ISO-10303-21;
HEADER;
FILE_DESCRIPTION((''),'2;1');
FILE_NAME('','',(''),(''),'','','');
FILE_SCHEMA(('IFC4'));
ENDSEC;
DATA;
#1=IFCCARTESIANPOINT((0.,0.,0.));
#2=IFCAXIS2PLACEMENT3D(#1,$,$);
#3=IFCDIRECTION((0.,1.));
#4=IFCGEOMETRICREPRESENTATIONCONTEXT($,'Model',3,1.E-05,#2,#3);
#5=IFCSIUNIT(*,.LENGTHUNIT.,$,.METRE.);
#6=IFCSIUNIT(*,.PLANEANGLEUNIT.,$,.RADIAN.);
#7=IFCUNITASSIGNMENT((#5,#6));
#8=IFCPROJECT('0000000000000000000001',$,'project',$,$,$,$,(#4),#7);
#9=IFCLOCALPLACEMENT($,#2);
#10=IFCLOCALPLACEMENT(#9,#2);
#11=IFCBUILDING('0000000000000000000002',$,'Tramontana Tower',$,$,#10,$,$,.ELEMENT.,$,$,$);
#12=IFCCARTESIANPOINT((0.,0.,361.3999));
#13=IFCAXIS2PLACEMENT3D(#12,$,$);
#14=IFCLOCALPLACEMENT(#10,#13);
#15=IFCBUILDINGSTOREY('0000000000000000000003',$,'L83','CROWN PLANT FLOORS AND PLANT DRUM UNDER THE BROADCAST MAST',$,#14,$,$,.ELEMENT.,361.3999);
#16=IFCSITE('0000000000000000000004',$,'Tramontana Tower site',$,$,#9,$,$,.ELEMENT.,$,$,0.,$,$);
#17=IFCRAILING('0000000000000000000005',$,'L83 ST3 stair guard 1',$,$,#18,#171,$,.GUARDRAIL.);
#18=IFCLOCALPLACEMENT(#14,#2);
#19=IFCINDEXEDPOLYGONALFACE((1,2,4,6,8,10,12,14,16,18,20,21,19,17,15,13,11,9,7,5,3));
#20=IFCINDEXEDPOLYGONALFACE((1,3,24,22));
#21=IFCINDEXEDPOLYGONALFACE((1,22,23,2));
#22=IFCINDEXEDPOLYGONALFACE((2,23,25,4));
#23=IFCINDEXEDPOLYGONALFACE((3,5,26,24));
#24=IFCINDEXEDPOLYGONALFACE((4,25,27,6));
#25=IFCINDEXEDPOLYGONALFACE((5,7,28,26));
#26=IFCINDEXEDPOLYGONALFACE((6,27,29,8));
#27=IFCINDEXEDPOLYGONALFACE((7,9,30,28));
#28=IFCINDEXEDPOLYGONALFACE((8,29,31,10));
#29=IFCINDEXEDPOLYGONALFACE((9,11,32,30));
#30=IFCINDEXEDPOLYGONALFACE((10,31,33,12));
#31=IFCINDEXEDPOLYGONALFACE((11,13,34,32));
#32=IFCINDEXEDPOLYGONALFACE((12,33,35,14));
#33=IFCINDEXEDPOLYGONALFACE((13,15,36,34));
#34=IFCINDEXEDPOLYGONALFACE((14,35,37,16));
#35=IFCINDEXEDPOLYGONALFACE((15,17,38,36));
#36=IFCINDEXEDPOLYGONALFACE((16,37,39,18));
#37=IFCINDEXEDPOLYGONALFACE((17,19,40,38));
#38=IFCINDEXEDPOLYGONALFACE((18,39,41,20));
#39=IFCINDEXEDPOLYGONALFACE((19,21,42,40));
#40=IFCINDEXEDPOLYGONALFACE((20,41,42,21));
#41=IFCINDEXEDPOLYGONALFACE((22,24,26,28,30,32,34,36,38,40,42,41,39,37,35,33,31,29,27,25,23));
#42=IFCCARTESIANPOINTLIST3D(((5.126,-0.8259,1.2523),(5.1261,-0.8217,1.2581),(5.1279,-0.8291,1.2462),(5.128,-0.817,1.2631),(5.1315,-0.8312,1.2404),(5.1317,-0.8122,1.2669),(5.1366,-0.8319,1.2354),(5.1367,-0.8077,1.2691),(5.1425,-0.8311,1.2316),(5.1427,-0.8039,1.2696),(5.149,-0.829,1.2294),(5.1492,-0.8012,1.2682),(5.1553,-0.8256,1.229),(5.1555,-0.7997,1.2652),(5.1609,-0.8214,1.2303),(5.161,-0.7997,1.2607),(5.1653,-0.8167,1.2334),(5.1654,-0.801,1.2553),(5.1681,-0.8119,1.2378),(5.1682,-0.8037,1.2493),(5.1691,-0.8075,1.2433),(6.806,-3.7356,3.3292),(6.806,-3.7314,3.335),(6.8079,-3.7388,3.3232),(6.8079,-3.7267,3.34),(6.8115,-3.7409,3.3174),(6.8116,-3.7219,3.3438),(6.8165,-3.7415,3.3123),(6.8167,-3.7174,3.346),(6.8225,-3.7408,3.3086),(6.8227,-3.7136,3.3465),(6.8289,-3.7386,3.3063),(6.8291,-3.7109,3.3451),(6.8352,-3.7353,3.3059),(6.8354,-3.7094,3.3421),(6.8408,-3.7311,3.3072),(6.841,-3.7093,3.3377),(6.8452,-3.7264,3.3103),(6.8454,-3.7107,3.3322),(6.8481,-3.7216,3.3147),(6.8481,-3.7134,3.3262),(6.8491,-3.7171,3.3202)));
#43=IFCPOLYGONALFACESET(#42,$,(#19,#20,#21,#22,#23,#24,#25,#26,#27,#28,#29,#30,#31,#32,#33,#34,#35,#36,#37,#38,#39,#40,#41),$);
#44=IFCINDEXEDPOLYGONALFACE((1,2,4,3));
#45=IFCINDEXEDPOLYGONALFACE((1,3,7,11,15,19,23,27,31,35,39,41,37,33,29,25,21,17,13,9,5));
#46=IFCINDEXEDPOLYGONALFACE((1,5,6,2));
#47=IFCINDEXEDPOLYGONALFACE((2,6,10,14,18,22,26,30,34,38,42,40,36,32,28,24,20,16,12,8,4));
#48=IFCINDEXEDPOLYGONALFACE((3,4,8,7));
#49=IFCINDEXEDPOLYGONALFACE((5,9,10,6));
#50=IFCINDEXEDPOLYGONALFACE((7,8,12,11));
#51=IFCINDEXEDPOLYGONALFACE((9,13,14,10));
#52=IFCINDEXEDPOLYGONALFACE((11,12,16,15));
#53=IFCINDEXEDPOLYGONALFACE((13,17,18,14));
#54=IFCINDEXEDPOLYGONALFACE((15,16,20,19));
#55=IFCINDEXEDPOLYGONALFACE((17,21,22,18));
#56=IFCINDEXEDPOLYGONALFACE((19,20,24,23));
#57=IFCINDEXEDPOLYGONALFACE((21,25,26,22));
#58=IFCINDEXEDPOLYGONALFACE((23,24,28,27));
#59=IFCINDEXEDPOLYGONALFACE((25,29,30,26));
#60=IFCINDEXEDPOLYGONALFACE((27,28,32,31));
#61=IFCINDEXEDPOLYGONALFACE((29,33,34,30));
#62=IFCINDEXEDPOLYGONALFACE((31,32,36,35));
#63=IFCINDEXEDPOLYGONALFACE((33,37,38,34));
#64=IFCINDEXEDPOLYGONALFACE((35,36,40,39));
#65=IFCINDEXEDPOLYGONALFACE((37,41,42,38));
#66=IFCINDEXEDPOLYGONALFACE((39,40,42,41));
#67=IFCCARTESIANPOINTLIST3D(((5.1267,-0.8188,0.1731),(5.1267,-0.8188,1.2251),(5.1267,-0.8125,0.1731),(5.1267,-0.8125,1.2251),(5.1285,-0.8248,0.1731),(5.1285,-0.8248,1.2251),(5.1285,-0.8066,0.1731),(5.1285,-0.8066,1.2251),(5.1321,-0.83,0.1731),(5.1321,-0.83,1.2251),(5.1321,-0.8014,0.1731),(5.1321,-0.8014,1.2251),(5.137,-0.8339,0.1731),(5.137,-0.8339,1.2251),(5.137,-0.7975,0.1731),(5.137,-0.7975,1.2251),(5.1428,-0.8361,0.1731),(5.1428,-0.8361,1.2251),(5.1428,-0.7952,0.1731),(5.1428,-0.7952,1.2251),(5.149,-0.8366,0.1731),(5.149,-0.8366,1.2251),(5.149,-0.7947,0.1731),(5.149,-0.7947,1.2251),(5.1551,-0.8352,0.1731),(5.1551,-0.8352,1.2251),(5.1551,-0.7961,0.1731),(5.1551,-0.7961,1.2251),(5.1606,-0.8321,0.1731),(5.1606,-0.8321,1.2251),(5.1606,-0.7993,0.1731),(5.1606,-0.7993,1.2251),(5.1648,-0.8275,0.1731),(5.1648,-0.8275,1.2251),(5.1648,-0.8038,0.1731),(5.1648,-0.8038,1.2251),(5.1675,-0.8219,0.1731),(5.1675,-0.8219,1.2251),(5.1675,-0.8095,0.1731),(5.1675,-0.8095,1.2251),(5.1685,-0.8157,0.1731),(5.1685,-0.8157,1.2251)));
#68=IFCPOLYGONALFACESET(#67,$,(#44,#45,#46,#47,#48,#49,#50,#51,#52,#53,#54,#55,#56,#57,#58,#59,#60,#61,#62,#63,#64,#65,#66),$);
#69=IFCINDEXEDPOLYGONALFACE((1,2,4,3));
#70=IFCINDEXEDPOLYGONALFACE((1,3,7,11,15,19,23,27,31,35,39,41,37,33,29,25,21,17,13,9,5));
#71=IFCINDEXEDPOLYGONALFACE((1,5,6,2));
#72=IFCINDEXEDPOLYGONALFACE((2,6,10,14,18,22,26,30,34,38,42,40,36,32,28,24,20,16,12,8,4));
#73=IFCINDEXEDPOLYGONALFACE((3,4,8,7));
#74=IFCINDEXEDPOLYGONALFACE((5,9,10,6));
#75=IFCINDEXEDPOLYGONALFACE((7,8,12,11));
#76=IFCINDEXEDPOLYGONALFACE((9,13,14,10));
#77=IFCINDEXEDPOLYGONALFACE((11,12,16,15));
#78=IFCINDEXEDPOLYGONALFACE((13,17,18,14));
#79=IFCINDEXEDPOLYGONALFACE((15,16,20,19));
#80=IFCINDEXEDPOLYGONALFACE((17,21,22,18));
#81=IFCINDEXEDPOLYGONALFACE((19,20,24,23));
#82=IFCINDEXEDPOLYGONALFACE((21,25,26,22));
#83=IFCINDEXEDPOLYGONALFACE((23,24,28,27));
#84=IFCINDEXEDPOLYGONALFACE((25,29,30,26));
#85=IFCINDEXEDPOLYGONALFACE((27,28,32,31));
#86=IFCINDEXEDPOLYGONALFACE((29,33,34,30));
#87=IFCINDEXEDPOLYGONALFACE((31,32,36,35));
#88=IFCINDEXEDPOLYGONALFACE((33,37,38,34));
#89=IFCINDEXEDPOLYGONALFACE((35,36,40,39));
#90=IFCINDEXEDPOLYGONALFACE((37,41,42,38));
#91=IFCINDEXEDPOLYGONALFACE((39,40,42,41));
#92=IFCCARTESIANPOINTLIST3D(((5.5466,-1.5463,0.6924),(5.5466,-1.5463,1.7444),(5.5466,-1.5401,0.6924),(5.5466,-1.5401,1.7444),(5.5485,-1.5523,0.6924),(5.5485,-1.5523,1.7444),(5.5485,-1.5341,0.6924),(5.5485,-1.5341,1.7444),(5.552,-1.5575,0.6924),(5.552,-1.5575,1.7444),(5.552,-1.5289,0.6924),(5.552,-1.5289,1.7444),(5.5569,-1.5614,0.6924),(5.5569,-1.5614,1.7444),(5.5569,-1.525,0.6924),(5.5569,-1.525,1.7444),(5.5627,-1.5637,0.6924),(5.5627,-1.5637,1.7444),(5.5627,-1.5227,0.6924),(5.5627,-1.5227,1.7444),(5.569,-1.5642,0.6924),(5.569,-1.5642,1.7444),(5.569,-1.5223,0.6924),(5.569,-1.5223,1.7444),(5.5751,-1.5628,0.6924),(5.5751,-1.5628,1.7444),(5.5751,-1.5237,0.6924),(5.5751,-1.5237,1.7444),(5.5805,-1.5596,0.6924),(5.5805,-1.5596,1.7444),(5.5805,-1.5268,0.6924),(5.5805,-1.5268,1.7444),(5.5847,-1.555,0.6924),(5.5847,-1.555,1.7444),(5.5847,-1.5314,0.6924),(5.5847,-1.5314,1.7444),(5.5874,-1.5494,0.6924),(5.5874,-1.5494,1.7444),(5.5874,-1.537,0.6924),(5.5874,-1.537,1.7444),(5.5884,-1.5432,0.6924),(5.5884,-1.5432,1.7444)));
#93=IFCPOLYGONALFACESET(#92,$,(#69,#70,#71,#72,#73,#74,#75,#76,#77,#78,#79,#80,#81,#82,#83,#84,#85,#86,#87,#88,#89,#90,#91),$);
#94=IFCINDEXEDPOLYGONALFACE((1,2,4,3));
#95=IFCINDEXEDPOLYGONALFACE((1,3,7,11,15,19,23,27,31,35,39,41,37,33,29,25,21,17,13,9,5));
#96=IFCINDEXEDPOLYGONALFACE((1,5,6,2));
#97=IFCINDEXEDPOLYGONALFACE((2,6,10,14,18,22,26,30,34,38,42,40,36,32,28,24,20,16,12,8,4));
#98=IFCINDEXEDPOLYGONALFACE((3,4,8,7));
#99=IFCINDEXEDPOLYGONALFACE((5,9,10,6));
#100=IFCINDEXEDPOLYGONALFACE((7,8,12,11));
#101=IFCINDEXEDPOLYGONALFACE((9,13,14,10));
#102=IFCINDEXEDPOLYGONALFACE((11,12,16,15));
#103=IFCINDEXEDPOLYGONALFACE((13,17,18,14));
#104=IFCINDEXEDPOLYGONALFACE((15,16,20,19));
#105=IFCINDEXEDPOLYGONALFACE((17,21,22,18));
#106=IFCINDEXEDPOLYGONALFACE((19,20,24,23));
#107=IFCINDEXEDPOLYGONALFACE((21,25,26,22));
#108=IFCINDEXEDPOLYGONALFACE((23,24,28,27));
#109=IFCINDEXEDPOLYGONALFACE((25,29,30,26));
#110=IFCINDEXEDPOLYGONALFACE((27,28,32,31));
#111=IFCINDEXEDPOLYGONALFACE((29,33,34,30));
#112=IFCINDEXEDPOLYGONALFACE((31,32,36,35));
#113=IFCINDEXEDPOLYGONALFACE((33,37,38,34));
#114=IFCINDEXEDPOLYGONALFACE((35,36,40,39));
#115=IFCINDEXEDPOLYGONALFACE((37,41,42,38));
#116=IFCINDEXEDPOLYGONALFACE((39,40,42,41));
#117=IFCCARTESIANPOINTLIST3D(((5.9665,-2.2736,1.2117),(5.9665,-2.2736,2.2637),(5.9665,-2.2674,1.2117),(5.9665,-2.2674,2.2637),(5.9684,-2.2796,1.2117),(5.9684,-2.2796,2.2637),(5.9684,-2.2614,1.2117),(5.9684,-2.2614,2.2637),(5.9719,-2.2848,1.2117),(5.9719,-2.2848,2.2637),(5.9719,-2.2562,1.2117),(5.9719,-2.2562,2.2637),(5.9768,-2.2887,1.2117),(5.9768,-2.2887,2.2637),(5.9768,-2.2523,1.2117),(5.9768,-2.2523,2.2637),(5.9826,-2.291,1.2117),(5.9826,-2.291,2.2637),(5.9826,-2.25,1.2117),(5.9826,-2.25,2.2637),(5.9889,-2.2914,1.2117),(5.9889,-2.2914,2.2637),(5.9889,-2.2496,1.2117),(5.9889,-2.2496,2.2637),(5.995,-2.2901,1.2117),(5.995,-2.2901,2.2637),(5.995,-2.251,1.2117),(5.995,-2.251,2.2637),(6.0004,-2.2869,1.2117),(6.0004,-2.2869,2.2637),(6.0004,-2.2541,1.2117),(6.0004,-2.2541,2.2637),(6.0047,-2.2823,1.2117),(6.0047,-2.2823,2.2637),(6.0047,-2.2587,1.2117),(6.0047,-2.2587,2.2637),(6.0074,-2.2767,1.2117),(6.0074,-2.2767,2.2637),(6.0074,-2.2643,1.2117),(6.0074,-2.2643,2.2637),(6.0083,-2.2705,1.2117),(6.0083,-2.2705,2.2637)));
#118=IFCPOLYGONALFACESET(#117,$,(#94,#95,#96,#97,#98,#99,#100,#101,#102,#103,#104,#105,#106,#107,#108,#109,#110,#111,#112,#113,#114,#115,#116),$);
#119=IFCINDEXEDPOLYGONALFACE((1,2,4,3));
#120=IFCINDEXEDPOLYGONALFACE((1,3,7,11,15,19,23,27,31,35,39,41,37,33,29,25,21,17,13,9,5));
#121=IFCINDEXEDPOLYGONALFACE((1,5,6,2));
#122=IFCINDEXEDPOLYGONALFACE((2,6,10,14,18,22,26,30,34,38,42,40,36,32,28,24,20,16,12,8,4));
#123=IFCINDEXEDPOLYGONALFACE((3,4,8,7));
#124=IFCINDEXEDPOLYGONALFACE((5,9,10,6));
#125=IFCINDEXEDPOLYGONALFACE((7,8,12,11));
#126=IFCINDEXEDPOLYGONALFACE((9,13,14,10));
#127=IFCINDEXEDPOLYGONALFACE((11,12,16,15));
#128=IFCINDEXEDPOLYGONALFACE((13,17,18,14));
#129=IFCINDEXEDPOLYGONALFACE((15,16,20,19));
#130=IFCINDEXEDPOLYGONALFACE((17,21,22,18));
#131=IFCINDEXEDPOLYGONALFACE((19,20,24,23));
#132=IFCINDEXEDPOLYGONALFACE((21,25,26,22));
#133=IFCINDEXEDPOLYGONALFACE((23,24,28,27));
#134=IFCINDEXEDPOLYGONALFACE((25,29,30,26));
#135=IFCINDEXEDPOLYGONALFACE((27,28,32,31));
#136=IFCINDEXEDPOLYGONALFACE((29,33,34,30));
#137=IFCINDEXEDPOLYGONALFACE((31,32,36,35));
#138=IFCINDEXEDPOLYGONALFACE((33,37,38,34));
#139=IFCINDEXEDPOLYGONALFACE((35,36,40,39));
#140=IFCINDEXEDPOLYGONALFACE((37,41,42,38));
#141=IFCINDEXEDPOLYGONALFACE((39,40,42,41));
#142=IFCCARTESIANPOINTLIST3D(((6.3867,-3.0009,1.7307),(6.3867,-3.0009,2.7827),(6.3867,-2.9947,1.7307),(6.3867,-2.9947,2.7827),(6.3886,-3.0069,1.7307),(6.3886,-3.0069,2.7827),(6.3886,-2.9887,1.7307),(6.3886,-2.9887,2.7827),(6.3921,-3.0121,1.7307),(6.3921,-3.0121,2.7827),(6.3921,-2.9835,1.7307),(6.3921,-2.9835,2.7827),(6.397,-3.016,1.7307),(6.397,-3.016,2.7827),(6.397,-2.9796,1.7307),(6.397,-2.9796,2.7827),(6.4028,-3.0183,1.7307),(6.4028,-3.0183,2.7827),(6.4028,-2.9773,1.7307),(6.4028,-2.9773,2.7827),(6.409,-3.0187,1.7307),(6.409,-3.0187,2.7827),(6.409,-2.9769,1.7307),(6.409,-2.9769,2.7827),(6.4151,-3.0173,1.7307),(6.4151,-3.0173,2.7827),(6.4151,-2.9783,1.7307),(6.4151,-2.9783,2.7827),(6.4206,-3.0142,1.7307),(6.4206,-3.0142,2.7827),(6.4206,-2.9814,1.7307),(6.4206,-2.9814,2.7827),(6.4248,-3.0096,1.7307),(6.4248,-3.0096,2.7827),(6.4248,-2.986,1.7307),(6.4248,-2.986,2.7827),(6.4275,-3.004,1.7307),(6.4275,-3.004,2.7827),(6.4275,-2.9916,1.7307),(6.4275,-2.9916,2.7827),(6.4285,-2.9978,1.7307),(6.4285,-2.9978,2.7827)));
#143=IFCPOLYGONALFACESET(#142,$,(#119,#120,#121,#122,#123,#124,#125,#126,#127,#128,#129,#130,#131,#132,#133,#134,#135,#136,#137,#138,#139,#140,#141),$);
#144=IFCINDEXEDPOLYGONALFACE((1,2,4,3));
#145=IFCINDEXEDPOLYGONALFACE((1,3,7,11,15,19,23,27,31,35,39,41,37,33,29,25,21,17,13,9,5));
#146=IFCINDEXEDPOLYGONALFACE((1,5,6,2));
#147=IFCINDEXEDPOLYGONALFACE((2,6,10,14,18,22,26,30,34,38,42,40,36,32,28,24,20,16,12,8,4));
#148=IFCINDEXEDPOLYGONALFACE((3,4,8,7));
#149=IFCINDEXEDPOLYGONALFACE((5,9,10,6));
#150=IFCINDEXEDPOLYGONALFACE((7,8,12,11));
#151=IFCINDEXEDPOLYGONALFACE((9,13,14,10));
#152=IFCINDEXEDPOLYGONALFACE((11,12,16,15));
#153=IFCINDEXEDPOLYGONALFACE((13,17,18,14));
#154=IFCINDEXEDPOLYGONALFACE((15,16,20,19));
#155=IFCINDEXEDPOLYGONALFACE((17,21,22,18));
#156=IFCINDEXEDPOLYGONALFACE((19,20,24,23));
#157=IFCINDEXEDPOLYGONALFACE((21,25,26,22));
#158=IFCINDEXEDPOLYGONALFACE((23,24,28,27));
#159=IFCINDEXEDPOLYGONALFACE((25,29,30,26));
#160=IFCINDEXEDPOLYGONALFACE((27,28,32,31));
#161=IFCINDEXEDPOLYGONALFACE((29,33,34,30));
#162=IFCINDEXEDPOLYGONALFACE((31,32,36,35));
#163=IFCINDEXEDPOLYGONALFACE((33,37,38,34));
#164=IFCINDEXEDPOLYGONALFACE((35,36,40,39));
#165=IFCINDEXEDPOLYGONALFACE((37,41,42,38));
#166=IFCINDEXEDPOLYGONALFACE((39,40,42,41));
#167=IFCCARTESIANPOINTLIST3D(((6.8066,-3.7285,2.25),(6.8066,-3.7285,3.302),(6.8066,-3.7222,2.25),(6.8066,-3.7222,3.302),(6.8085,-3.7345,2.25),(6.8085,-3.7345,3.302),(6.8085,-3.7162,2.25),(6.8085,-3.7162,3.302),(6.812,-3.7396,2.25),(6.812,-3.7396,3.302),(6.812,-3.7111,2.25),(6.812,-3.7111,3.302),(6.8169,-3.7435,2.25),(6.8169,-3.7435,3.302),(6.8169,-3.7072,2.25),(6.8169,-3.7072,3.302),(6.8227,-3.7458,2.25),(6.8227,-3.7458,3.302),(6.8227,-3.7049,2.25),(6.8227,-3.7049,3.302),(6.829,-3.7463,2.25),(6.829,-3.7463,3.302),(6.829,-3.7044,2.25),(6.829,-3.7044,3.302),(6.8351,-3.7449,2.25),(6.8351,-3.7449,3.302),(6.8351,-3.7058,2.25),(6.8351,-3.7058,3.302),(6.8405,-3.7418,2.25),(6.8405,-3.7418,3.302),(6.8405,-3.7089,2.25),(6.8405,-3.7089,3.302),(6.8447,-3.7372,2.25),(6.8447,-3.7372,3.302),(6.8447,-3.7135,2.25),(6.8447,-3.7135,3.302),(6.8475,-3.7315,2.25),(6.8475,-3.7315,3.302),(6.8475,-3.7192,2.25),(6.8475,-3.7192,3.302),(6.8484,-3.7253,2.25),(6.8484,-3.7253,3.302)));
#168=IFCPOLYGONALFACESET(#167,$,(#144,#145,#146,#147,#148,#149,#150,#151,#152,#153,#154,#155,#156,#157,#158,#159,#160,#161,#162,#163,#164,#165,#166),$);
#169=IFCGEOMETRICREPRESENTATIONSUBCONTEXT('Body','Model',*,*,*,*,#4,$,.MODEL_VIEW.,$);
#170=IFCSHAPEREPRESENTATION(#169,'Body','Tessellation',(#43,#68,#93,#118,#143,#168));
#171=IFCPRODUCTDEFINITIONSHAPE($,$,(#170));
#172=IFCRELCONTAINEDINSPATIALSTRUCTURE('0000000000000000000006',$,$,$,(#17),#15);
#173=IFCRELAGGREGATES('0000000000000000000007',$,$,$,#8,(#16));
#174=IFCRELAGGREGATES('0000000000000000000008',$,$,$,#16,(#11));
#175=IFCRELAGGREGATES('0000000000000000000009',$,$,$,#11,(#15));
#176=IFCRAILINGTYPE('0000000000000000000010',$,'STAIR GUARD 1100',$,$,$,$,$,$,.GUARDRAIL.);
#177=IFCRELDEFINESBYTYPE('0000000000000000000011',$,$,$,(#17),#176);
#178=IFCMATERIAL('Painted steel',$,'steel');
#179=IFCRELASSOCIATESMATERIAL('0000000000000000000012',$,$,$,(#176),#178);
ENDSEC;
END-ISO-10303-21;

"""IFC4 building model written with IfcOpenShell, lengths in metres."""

from ifc_helpers import new_model, si_unit, direction, frame, origin, origin_2d, place, context, subcontext, project, spatial, circle, extrude, material, type_object, element, save


model = new_model("IFC4")

# Units and contexts
model_context = context("Model", 3, precision=1e-05, world=origin(), true_north=direction((0.0, 1.0)))
body_context = subcontext(model_context, "Body", "Model", "MODEL_VIEW")
ifc_project = project(units=[si_unit("LENGTHUNIT", "METRE"), si_unit("PLANEANGLEUNIT", "RADIAN")], contexts=[model_context])

# Site, building, storey
site_placement = place(None, origin())
site = spatial("IfcSite", under=ifc_project, at=site_placement, Name="Tramontana Tower site", CompositionType="ELEMENT", RefElevation=0.0)
building_placement = place(site_placement, origin())
building = spatial("IfcBuilding", under=site, at=building_placement, Name="Tramontana Tower", CompositionType="ELEMENT")
storey_placement = place(building_placement, frame((0.0, 0.0, 361.3999)))
storey = spatial("IfcBuildingStorey", under=building, at=storey_placement, Name="L83", Description="CROWN PLANT FLOORS AND PLANT DRUM UNDER THE BROADCAST MAST", CompositionType="ELEMENT", Elevation=361.3999)

# Railing
ifc_material_1 = material(Name="Painted steel", Category="steel")
railing_type_1 = type_object("IfcRailingType", Name="STAIR GUARD 1100", PredefinedType="GUARDRAIL", material=ifc_material_1)
railing_1_placement = place(storey_placement, frame((5.1475, -0.8157, 0.1731)))
element("IfcRailing", 1, at=railing_1_placement, inside=storey, type_object=railing_type_1, Name="L83 ST3 stair guard 1", PredefinedType="GUARDRAIL", context=body_context, shape_type="SweptSolid", body=[
    extrude(circle(Radius=0.0239, at=origin_2d()), frame((0.0, 0.0, 1.0762), z_axis=(0.425308, -0.73664, 0.525809), x_axis=(0.866021, 0.500008, 0.0)), (0.0, 0.0, 1.0), 3.95),
    extrude(circle(Radius=0.021, at=origin_2d()), origin(), (0.0, 0.0, 1.0), 1.052),
    extrude(circle(Radius=0.021, at=origin_2d()), frame((0.4199, -0.7275, 0.5193)), (0.0, 0.0, 1.0), 1.052),
    extrude(circle(Radius=0.021, at=origin_2d()), frame((0.8398, -1.4548, 1.0386)), (0.0, 0.0, 1.0), 1.052),
    extrude(circle(Radius=0.021, at=origin_2d()), frame((1.26, -2.1821, 1.5576)), (0.0, 0.0, 1.0), 1.052),
    extrude(circle(Radius=0.021, at=origin_2d()), frame((1.6799, -2.9097, 2.0769)), (0.0, 0.0, 1.0), 1.052),
])

save(model, "model.ifc")
